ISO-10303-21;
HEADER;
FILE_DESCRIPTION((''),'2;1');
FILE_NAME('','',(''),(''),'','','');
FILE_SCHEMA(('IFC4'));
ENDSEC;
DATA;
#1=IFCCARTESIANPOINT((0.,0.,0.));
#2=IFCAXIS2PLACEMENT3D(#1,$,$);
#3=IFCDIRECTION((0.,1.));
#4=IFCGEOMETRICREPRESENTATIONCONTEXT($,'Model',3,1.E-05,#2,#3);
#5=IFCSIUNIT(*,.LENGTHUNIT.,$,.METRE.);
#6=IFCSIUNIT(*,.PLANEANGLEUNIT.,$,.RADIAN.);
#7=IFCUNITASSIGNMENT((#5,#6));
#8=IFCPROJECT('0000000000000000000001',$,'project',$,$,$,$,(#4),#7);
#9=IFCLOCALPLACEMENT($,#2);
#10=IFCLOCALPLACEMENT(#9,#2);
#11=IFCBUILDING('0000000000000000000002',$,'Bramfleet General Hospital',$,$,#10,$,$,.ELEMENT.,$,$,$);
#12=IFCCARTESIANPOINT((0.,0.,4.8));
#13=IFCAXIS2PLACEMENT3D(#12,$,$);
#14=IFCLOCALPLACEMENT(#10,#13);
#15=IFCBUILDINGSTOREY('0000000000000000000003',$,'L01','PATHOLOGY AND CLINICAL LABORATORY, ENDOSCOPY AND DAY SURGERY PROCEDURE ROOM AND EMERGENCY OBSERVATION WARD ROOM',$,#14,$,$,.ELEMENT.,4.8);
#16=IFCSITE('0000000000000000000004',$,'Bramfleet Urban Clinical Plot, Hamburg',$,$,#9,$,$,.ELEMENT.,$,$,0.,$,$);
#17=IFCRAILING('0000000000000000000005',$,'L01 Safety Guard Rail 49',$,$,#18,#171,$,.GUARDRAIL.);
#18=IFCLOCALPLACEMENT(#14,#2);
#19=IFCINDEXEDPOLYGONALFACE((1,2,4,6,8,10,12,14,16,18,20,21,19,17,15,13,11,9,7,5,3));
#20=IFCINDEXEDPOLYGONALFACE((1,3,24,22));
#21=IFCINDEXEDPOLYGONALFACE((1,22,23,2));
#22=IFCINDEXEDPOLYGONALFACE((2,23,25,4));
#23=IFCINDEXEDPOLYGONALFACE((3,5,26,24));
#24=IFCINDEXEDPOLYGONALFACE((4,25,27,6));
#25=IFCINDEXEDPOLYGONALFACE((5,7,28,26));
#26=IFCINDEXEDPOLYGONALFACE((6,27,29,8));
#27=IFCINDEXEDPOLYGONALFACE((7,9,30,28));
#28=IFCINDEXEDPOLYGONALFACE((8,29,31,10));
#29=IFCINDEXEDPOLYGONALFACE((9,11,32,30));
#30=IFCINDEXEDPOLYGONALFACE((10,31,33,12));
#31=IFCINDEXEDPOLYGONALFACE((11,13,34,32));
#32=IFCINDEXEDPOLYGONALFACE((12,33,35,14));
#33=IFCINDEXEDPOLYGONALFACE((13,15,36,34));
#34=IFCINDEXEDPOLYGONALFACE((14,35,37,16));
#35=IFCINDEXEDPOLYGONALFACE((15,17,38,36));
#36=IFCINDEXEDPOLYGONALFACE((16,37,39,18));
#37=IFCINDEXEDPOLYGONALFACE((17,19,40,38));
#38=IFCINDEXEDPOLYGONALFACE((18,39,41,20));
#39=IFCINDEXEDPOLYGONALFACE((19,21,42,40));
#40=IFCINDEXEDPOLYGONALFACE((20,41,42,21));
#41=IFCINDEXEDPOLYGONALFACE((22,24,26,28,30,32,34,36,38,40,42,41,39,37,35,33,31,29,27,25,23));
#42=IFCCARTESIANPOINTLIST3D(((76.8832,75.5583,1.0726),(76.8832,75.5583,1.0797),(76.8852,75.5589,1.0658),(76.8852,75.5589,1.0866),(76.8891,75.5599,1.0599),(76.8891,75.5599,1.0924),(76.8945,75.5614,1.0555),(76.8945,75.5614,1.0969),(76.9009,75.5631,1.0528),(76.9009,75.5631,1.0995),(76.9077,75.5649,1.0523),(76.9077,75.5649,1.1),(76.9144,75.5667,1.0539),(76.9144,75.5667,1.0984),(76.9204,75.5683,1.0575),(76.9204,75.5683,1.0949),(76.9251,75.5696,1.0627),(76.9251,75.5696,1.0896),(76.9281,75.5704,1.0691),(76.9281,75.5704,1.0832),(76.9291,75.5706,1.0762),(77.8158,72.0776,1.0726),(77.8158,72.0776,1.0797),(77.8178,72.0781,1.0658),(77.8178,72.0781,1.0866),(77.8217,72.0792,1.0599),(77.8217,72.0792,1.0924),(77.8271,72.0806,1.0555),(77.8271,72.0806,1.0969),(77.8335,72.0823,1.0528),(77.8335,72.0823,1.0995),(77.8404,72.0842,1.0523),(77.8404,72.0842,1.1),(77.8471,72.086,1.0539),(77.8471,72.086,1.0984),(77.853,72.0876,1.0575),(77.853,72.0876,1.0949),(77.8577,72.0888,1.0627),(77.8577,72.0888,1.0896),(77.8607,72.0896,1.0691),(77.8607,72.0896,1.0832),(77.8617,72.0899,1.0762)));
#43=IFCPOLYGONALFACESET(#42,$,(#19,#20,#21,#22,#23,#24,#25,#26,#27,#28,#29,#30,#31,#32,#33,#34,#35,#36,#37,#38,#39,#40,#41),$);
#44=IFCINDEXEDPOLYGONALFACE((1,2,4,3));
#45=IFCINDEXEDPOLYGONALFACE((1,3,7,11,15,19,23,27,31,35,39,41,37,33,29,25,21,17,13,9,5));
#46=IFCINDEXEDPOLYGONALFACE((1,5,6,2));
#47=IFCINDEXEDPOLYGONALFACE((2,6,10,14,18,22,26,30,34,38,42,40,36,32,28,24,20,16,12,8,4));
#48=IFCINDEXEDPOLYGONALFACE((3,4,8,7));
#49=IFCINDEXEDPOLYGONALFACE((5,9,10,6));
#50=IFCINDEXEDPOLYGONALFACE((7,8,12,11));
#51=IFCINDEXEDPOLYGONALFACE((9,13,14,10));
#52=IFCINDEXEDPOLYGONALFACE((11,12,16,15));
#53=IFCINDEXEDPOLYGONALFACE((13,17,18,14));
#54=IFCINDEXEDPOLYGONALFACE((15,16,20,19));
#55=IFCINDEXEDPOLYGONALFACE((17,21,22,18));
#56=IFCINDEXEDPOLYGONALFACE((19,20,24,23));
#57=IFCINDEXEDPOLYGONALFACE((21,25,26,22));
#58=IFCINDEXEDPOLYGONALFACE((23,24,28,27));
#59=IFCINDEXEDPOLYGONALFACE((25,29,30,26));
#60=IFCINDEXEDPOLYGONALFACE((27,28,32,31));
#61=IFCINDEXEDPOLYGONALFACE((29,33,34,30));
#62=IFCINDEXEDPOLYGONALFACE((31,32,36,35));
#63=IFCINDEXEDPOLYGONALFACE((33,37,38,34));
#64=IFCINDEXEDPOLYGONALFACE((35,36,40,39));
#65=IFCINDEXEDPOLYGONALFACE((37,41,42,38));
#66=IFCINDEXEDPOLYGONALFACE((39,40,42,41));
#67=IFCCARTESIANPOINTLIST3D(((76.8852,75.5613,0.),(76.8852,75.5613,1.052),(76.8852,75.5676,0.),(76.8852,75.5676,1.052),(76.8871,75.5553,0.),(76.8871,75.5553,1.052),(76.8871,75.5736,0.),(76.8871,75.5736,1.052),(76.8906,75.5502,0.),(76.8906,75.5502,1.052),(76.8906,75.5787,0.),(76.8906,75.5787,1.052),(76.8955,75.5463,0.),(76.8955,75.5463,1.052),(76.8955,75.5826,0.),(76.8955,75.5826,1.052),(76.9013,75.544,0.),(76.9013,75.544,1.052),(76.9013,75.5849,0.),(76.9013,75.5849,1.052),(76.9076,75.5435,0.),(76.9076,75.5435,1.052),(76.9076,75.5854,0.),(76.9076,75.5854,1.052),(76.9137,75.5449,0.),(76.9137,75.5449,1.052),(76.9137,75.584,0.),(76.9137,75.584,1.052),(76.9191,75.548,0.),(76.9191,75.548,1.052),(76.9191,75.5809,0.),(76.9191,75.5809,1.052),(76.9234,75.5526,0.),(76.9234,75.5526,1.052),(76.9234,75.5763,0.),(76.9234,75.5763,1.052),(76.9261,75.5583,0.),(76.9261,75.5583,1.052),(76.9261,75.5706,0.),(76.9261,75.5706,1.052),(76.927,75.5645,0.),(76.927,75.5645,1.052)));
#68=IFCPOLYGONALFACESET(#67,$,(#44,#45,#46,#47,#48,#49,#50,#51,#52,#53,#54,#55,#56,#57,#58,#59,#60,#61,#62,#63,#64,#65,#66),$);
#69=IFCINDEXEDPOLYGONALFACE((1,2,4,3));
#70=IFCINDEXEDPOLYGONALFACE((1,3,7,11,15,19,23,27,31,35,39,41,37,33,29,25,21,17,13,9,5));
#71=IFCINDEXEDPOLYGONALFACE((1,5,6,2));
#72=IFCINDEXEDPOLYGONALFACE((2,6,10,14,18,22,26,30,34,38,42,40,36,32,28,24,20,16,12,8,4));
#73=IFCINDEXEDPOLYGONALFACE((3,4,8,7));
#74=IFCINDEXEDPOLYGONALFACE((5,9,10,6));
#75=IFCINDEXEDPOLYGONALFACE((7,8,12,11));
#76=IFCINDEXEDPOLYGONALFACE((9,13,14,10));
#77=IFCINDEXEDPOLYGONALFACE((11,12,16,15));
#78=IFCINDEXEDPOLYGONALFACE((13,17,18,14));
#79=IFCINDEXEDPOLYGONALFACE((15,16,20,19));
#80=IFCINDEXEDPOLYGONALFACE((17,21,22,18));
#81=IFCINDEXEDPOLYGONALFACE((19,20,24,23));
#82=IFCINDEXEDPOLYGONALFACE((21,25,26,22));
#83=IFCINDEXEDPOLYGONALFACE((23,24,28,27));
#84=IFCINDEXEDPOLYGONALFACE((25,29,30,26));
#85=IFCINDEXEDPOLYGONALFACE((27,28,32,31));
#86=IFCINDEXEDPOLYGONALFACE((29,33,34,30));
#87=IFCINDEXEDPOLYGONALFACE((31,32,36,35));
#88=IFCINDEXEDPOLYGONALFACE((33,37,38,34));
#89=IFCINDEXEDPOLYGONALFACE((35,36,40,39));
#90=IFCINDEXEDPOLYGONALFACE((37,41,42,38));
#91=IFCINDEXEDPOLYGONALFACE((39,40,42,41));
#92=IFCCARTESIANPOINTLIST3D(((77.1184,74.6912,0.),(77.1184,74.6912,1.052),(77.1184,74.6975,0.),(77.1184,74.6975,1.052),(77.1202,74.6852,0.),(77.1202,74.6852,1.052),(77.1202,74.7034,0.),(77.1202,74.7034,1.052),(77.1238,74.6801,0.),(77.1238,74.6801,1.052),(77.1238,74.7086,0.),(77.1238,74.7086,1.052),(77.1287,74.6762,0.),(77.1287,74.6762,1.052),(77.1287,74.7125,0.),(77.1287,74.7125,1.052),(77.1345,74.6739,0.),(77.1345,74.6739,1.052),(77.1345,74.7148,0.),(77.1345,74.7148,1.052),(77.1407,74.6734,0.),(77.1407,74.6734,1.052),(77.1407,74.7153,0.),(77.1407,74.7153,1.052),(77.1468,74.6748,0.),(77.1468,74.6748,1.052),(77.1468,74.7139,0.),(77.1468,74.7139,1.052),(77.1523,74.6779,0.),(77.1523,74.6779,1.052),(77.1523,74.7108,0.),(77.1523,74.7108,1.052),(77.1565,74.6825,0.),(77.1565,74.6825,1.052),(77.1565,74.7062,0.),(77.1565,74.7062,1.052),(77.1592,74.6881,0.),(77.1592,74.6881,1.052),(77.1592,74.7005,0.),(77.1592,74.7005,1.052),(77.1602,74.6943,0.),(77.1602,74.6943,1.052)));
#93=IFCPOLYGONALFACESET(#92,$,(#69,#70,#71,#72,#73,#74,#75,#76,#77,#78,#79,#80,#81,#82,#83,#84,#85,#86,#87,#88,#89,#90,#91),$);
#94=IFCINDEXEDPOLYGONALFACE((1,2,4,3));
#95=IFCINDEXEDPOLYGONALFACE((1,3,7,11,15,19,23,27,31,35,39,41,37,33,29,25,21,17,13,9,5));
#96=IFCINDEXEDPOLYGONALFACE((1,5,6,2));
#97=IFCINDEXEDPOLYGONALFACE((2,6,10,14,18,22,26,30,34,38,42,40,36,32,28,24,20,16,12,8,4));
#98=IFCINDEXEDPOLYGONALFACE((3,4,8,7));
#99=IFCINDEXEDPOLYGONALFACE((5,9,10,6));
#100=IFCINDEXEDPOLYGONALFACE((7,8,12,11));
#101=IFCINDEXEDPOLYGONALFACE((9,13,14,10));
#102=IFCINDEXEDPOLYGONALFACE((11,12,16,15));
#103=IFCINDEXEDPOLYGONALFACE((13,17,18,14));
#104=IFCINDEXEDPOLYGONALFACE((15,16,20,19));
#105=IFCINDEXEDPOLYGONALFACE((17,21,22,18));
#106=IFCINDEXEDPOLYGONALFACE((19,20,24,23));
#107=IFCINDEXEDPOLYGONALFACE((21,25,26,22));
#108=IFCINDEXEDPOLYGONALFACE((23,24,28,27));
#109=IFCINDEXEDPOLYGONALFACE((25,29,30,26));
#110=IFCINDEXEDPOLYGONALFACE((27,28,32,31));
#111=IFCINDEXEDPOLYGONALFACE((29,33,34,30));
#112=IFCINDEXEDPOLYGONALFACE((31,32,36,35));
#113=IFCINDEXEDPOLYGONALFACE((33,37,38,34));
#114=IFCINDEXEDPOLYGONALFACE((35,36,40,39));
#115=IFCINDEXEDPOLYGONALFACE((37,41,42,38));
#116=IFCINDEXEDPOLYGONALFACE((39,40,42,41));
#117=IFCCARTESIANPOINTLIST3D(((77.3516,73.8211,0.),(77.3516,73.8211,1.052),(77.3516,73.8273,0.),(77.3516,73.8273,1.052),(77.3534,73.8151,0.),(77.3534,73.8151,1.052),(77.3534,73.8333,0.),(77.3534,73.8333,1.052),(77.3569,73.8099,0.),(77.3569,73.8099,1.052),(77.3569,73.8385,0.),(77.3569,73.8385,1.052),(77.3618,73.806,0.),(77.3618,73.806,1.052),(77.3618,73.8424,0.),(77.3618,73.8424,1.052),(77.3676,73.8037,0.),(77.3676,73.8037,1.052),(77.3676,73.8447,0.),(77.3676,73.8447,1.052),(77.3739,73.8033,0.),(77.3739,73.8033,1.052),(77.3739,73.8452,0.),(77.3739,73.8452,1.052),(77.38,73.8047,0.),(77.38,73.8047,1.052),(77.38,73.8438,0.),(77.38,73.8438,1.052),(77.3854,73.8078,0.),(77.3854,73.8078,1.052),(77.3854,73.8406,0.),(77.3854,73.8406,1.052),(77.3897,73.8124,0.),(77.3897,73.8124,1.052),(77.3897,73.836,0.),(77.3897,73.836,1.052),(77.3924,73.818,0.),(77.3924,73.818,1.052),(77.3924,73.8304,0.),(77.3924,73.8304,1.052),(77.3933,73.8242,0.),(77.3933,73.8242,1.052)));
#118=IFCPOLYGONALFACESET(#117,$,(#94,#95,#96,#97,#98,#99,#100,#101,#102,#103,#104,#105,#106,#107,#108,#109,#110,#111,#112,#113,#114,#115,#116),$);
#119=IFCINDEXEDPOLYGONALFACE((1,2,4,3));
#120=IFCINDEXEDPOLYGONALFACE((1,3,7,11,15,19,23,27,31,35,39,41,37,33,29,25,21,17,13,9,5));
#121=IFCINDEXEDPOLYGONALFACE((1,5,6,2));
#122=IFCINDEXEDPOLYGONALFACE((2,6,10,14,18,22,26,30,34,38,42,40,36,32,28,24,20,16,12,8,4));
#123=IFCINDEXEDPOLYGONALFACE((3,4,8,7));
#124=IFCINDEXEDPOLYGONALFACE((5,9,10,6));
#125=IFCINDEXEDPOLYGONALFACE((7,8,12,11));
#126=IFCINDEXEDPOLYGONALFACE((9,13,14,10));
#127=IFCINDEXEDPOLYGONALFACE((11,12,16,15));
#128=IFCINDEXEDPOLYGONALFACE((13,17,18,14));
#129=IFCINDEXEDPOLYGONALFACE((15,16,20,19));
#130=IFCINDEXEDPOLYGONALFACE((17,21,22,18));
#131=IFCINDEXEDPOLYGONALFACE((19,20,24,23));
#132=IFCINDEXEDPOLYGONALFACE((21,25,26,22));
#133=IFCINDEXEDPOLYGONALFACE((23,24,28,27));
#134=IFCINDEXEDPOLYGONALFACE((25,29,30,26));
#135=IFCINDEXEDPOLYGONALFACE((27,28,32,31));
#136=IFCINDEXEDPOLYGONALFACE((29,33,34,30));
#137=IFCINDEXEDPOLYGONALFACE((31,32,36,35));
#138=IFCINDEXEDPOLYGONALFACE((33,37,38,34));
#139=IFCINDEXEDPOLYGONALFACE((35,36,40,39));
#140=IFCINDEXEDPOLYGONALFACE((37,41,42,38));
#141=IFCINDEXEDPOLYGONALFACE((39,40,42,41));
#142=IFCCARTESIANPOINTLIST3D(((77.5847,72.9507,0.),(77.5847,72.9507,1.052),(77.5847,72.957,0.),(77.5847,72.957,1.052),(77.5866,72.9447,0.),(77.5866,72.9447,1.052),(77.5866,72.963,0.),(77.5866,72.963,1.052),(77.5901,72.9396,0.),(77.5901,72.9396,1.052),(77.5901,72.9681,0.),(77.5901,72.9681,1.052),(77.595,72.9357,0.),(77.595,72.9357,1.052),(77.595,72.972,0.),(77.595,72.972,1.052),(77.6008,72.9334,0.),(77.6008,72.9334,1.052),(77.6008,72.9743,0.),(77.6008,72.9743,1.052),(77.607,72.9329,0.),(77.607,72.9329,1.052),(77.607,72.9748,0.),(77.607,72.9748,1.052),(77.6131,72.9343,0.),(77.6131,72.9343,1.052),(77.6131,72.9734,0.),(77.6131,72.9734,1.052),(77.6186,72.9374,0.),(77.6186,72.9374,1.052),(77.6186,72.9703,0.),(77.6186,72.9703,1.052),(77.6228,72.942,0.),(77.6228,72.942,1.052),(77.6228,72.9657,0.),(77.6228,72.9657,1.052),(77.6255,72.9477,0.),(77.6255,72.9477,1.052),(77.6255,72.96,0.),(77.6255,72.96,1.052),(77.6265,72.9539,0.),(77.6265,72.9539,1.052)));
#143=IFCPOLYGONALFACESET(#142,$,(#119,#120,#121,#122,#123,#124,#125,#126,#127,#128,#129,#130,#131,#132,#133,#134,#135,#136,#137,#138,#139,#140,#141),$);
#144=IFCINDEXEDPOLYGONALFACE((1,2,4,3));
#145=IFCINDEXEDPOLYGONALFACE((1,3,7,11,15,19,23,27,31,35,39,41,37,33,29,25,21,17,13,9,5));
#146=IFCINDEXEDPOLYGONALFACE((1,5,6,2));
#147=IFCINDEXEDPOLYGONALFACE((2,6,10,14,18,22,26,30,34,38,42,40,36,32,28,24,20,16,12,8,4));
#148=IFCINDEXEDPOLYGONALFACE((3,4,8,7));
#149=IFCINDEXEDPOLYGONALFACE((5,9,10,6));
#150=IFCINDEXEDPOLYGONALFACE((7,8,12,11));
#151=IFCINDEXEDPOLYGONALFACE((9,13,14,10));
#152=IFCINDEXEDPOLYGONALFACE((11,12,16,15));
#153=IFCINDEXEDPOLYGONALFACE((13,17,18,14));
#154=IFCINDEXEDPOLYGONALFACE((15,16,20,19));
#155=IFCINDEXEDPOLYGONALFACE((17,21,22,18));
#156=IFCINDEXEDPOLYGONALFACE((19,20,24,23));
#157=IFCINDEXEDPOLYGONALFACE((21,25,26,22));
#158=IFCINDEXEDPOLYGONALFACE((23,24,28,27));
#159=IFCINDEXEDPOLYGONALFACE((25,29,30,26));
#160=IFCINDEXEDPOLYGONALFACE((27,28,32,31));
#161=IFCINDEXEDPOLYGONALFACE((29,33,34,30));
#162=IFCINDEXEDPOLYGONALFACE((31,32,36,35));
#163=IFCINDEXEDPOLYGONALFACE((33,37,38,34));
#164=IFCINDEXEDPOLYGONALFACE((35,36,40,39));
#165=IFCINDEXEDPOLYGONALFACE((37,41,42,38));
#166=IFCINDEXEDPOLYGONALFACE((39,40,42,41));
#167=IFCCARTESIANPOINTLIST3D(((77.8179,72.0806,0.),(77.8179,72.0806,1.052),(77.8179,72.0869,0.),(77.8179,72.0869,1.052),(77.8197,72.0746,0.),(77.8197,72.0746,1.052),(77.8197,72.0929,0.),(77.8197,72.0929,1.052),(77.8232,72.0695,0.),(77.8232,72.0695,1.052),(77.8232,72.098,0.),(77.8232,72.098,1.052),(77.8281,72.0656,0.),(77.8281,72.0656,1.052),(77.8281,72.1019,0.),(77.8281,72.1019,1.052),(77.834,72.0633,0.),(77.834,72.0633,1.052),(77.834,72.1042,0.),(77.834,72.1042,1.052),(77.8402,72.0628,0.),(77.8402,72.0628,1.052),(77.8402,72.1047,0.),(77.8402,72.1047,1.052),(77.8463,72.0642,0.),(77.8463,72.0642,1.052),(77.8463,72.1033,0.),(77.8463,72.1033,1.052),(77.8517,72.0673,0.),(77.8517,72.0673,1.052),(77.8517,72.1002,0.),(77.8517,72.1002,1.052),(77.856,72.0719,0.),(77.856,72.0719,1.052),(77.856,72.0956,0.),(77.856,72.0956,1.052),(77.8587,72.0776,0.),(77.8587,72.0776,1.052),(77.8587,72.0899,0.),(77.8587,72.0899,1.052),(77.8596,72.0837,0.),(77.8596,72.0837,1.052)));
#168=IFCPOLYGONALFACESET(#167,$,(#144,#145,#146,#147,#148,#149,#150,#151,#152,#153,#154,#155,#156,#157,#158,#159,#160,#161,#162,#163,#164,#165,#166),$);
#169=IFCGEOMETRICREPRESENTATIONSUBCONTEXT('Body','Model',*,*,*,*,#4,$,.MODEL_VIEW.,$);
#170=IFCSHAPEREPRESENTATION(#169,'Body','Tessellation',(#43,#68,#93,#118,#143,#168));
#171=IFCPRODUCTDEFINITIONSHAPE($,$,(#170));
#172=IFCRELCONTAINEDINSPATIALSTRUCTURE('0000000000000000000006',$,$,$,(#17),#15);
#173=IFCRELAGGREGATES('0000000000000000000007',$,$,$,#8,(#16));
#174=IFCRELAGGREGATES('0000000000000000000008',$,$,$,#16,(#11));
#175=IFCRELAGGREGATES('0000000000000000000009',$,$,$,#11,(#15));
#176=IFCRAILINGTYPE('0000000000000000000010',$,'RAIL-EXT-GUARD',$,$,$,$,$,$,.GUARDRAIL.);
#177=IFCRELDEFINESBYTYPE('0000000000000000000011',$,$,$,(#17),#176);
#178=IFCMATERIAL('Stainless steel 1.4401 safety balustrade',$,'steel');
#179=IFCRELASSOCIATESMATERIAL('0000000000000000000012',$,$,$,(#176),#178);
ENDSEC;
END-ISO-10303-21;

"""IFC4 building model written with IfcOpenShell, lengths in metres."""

from ifc_helpers import new_model, si_unit, direction, frame, origin, origin_2d, place, context, subcontext, project, spatial, circle, extrude, material, type_object, element, save


model = new_model("IFC4")

# Units and contexts
model_context = context("Model", 3, precision=1e-05, world=origin(), true_north=direction((0.0, 1.0)))
body_context = subcontext(model_context, "Body", "Model", "MODEL_VIEW")
ifc_project = project(units=[si_unit("LENGTHUNIT", "METRE"), si_unit("PLANEANGLEUNIT", "RADIAN")], contexts=[model_context])

# Site, building, storey
site_placement = place(None, origin())
site = spatial("IfcSite", under=ifc_project, at=site_placement, Name="Bramfleet Urban Clinical Plot, Hamburg", CompositionType="ELEMENT", RefElevation=0.0)
building_placement = place(site_placement, origin())
building = spatial("IfcBuilding", under=site, at=building_placement, Name="Bramfleet General Hospital", CompositionType="ELEMENT")
storey_placement = place(building_placement, frame((0.0, 0.0, 4.8)))
storey = spatial("IfcBuildingStorey", under=building, at=storey_placement, Name="L01", Description="PATHOLOGY AND CLINICAL LABORATORY, ENDOSCOPY AND DAY SURGERY PROCEDURE ROOM AND EMERGENCY OBSERVATION WARD ROOM", CompositionType="ELEMENT", Elevation=4.8)

# Railing
ifc_material_1 = material(Name="Stainless steel 1.4401 safety balustrade", Category="steel")
railing_type = type_object("IfcRailingType", Name="RAIL-EXT-GUARD", PredefinedType="GUARDRAIL", material=ifc_material_1)
railing_1_placement = place(storey_placement, frame((76.906, 75.5645, 0.0)))
element("IfcRailing", 1, at=railing_1_placement, inside=storey, type_object=railing_type, Name="L01 Safety Guard Rail 49", PredefinedType="GUARDRAIL", context=body_context, shape_type="SweptSolid", body=[
    extrude(circle(Radius=0.0239, at=origin_2d()), frame((0.0, 0.0, 1.0762), z_axis=(0.258809, -0.965928, 0.0), x_axis=(0.965928, 0.258809, 0.0)), (0.0, 0.0, 1.0), 3.6035),
    extrude(circle(Radius=0.021, at=origin_2d()), origin(), (0.0, 0.0, 1.0), 1.052),
    extrude(circle(Radius=0.021, at=origin_2d()), frame((0.2332, -0.8701, 0.0)), (0.0, 0.0, 1.0), 1.052),
    extrude(circle(Radius=0.021, at=origin_2d()), frame((0.4663, -1.7402, 0.0)), (0.0, 0.0, 1.0), 1.052),
    extrude(circle(Radius=0.021, at=origin_2d()), frame((0.6995, -2.6106, 0.0)), (0.0, 0.0, 1.0), 1.052),
    extrude(circle(Radius=0.021, at=origin_2d()), frame((0.9326, -3.4807, 0.0)), (0.0, 0.0, 1.0), 1.052),
])

save(model, "model.ifc")
